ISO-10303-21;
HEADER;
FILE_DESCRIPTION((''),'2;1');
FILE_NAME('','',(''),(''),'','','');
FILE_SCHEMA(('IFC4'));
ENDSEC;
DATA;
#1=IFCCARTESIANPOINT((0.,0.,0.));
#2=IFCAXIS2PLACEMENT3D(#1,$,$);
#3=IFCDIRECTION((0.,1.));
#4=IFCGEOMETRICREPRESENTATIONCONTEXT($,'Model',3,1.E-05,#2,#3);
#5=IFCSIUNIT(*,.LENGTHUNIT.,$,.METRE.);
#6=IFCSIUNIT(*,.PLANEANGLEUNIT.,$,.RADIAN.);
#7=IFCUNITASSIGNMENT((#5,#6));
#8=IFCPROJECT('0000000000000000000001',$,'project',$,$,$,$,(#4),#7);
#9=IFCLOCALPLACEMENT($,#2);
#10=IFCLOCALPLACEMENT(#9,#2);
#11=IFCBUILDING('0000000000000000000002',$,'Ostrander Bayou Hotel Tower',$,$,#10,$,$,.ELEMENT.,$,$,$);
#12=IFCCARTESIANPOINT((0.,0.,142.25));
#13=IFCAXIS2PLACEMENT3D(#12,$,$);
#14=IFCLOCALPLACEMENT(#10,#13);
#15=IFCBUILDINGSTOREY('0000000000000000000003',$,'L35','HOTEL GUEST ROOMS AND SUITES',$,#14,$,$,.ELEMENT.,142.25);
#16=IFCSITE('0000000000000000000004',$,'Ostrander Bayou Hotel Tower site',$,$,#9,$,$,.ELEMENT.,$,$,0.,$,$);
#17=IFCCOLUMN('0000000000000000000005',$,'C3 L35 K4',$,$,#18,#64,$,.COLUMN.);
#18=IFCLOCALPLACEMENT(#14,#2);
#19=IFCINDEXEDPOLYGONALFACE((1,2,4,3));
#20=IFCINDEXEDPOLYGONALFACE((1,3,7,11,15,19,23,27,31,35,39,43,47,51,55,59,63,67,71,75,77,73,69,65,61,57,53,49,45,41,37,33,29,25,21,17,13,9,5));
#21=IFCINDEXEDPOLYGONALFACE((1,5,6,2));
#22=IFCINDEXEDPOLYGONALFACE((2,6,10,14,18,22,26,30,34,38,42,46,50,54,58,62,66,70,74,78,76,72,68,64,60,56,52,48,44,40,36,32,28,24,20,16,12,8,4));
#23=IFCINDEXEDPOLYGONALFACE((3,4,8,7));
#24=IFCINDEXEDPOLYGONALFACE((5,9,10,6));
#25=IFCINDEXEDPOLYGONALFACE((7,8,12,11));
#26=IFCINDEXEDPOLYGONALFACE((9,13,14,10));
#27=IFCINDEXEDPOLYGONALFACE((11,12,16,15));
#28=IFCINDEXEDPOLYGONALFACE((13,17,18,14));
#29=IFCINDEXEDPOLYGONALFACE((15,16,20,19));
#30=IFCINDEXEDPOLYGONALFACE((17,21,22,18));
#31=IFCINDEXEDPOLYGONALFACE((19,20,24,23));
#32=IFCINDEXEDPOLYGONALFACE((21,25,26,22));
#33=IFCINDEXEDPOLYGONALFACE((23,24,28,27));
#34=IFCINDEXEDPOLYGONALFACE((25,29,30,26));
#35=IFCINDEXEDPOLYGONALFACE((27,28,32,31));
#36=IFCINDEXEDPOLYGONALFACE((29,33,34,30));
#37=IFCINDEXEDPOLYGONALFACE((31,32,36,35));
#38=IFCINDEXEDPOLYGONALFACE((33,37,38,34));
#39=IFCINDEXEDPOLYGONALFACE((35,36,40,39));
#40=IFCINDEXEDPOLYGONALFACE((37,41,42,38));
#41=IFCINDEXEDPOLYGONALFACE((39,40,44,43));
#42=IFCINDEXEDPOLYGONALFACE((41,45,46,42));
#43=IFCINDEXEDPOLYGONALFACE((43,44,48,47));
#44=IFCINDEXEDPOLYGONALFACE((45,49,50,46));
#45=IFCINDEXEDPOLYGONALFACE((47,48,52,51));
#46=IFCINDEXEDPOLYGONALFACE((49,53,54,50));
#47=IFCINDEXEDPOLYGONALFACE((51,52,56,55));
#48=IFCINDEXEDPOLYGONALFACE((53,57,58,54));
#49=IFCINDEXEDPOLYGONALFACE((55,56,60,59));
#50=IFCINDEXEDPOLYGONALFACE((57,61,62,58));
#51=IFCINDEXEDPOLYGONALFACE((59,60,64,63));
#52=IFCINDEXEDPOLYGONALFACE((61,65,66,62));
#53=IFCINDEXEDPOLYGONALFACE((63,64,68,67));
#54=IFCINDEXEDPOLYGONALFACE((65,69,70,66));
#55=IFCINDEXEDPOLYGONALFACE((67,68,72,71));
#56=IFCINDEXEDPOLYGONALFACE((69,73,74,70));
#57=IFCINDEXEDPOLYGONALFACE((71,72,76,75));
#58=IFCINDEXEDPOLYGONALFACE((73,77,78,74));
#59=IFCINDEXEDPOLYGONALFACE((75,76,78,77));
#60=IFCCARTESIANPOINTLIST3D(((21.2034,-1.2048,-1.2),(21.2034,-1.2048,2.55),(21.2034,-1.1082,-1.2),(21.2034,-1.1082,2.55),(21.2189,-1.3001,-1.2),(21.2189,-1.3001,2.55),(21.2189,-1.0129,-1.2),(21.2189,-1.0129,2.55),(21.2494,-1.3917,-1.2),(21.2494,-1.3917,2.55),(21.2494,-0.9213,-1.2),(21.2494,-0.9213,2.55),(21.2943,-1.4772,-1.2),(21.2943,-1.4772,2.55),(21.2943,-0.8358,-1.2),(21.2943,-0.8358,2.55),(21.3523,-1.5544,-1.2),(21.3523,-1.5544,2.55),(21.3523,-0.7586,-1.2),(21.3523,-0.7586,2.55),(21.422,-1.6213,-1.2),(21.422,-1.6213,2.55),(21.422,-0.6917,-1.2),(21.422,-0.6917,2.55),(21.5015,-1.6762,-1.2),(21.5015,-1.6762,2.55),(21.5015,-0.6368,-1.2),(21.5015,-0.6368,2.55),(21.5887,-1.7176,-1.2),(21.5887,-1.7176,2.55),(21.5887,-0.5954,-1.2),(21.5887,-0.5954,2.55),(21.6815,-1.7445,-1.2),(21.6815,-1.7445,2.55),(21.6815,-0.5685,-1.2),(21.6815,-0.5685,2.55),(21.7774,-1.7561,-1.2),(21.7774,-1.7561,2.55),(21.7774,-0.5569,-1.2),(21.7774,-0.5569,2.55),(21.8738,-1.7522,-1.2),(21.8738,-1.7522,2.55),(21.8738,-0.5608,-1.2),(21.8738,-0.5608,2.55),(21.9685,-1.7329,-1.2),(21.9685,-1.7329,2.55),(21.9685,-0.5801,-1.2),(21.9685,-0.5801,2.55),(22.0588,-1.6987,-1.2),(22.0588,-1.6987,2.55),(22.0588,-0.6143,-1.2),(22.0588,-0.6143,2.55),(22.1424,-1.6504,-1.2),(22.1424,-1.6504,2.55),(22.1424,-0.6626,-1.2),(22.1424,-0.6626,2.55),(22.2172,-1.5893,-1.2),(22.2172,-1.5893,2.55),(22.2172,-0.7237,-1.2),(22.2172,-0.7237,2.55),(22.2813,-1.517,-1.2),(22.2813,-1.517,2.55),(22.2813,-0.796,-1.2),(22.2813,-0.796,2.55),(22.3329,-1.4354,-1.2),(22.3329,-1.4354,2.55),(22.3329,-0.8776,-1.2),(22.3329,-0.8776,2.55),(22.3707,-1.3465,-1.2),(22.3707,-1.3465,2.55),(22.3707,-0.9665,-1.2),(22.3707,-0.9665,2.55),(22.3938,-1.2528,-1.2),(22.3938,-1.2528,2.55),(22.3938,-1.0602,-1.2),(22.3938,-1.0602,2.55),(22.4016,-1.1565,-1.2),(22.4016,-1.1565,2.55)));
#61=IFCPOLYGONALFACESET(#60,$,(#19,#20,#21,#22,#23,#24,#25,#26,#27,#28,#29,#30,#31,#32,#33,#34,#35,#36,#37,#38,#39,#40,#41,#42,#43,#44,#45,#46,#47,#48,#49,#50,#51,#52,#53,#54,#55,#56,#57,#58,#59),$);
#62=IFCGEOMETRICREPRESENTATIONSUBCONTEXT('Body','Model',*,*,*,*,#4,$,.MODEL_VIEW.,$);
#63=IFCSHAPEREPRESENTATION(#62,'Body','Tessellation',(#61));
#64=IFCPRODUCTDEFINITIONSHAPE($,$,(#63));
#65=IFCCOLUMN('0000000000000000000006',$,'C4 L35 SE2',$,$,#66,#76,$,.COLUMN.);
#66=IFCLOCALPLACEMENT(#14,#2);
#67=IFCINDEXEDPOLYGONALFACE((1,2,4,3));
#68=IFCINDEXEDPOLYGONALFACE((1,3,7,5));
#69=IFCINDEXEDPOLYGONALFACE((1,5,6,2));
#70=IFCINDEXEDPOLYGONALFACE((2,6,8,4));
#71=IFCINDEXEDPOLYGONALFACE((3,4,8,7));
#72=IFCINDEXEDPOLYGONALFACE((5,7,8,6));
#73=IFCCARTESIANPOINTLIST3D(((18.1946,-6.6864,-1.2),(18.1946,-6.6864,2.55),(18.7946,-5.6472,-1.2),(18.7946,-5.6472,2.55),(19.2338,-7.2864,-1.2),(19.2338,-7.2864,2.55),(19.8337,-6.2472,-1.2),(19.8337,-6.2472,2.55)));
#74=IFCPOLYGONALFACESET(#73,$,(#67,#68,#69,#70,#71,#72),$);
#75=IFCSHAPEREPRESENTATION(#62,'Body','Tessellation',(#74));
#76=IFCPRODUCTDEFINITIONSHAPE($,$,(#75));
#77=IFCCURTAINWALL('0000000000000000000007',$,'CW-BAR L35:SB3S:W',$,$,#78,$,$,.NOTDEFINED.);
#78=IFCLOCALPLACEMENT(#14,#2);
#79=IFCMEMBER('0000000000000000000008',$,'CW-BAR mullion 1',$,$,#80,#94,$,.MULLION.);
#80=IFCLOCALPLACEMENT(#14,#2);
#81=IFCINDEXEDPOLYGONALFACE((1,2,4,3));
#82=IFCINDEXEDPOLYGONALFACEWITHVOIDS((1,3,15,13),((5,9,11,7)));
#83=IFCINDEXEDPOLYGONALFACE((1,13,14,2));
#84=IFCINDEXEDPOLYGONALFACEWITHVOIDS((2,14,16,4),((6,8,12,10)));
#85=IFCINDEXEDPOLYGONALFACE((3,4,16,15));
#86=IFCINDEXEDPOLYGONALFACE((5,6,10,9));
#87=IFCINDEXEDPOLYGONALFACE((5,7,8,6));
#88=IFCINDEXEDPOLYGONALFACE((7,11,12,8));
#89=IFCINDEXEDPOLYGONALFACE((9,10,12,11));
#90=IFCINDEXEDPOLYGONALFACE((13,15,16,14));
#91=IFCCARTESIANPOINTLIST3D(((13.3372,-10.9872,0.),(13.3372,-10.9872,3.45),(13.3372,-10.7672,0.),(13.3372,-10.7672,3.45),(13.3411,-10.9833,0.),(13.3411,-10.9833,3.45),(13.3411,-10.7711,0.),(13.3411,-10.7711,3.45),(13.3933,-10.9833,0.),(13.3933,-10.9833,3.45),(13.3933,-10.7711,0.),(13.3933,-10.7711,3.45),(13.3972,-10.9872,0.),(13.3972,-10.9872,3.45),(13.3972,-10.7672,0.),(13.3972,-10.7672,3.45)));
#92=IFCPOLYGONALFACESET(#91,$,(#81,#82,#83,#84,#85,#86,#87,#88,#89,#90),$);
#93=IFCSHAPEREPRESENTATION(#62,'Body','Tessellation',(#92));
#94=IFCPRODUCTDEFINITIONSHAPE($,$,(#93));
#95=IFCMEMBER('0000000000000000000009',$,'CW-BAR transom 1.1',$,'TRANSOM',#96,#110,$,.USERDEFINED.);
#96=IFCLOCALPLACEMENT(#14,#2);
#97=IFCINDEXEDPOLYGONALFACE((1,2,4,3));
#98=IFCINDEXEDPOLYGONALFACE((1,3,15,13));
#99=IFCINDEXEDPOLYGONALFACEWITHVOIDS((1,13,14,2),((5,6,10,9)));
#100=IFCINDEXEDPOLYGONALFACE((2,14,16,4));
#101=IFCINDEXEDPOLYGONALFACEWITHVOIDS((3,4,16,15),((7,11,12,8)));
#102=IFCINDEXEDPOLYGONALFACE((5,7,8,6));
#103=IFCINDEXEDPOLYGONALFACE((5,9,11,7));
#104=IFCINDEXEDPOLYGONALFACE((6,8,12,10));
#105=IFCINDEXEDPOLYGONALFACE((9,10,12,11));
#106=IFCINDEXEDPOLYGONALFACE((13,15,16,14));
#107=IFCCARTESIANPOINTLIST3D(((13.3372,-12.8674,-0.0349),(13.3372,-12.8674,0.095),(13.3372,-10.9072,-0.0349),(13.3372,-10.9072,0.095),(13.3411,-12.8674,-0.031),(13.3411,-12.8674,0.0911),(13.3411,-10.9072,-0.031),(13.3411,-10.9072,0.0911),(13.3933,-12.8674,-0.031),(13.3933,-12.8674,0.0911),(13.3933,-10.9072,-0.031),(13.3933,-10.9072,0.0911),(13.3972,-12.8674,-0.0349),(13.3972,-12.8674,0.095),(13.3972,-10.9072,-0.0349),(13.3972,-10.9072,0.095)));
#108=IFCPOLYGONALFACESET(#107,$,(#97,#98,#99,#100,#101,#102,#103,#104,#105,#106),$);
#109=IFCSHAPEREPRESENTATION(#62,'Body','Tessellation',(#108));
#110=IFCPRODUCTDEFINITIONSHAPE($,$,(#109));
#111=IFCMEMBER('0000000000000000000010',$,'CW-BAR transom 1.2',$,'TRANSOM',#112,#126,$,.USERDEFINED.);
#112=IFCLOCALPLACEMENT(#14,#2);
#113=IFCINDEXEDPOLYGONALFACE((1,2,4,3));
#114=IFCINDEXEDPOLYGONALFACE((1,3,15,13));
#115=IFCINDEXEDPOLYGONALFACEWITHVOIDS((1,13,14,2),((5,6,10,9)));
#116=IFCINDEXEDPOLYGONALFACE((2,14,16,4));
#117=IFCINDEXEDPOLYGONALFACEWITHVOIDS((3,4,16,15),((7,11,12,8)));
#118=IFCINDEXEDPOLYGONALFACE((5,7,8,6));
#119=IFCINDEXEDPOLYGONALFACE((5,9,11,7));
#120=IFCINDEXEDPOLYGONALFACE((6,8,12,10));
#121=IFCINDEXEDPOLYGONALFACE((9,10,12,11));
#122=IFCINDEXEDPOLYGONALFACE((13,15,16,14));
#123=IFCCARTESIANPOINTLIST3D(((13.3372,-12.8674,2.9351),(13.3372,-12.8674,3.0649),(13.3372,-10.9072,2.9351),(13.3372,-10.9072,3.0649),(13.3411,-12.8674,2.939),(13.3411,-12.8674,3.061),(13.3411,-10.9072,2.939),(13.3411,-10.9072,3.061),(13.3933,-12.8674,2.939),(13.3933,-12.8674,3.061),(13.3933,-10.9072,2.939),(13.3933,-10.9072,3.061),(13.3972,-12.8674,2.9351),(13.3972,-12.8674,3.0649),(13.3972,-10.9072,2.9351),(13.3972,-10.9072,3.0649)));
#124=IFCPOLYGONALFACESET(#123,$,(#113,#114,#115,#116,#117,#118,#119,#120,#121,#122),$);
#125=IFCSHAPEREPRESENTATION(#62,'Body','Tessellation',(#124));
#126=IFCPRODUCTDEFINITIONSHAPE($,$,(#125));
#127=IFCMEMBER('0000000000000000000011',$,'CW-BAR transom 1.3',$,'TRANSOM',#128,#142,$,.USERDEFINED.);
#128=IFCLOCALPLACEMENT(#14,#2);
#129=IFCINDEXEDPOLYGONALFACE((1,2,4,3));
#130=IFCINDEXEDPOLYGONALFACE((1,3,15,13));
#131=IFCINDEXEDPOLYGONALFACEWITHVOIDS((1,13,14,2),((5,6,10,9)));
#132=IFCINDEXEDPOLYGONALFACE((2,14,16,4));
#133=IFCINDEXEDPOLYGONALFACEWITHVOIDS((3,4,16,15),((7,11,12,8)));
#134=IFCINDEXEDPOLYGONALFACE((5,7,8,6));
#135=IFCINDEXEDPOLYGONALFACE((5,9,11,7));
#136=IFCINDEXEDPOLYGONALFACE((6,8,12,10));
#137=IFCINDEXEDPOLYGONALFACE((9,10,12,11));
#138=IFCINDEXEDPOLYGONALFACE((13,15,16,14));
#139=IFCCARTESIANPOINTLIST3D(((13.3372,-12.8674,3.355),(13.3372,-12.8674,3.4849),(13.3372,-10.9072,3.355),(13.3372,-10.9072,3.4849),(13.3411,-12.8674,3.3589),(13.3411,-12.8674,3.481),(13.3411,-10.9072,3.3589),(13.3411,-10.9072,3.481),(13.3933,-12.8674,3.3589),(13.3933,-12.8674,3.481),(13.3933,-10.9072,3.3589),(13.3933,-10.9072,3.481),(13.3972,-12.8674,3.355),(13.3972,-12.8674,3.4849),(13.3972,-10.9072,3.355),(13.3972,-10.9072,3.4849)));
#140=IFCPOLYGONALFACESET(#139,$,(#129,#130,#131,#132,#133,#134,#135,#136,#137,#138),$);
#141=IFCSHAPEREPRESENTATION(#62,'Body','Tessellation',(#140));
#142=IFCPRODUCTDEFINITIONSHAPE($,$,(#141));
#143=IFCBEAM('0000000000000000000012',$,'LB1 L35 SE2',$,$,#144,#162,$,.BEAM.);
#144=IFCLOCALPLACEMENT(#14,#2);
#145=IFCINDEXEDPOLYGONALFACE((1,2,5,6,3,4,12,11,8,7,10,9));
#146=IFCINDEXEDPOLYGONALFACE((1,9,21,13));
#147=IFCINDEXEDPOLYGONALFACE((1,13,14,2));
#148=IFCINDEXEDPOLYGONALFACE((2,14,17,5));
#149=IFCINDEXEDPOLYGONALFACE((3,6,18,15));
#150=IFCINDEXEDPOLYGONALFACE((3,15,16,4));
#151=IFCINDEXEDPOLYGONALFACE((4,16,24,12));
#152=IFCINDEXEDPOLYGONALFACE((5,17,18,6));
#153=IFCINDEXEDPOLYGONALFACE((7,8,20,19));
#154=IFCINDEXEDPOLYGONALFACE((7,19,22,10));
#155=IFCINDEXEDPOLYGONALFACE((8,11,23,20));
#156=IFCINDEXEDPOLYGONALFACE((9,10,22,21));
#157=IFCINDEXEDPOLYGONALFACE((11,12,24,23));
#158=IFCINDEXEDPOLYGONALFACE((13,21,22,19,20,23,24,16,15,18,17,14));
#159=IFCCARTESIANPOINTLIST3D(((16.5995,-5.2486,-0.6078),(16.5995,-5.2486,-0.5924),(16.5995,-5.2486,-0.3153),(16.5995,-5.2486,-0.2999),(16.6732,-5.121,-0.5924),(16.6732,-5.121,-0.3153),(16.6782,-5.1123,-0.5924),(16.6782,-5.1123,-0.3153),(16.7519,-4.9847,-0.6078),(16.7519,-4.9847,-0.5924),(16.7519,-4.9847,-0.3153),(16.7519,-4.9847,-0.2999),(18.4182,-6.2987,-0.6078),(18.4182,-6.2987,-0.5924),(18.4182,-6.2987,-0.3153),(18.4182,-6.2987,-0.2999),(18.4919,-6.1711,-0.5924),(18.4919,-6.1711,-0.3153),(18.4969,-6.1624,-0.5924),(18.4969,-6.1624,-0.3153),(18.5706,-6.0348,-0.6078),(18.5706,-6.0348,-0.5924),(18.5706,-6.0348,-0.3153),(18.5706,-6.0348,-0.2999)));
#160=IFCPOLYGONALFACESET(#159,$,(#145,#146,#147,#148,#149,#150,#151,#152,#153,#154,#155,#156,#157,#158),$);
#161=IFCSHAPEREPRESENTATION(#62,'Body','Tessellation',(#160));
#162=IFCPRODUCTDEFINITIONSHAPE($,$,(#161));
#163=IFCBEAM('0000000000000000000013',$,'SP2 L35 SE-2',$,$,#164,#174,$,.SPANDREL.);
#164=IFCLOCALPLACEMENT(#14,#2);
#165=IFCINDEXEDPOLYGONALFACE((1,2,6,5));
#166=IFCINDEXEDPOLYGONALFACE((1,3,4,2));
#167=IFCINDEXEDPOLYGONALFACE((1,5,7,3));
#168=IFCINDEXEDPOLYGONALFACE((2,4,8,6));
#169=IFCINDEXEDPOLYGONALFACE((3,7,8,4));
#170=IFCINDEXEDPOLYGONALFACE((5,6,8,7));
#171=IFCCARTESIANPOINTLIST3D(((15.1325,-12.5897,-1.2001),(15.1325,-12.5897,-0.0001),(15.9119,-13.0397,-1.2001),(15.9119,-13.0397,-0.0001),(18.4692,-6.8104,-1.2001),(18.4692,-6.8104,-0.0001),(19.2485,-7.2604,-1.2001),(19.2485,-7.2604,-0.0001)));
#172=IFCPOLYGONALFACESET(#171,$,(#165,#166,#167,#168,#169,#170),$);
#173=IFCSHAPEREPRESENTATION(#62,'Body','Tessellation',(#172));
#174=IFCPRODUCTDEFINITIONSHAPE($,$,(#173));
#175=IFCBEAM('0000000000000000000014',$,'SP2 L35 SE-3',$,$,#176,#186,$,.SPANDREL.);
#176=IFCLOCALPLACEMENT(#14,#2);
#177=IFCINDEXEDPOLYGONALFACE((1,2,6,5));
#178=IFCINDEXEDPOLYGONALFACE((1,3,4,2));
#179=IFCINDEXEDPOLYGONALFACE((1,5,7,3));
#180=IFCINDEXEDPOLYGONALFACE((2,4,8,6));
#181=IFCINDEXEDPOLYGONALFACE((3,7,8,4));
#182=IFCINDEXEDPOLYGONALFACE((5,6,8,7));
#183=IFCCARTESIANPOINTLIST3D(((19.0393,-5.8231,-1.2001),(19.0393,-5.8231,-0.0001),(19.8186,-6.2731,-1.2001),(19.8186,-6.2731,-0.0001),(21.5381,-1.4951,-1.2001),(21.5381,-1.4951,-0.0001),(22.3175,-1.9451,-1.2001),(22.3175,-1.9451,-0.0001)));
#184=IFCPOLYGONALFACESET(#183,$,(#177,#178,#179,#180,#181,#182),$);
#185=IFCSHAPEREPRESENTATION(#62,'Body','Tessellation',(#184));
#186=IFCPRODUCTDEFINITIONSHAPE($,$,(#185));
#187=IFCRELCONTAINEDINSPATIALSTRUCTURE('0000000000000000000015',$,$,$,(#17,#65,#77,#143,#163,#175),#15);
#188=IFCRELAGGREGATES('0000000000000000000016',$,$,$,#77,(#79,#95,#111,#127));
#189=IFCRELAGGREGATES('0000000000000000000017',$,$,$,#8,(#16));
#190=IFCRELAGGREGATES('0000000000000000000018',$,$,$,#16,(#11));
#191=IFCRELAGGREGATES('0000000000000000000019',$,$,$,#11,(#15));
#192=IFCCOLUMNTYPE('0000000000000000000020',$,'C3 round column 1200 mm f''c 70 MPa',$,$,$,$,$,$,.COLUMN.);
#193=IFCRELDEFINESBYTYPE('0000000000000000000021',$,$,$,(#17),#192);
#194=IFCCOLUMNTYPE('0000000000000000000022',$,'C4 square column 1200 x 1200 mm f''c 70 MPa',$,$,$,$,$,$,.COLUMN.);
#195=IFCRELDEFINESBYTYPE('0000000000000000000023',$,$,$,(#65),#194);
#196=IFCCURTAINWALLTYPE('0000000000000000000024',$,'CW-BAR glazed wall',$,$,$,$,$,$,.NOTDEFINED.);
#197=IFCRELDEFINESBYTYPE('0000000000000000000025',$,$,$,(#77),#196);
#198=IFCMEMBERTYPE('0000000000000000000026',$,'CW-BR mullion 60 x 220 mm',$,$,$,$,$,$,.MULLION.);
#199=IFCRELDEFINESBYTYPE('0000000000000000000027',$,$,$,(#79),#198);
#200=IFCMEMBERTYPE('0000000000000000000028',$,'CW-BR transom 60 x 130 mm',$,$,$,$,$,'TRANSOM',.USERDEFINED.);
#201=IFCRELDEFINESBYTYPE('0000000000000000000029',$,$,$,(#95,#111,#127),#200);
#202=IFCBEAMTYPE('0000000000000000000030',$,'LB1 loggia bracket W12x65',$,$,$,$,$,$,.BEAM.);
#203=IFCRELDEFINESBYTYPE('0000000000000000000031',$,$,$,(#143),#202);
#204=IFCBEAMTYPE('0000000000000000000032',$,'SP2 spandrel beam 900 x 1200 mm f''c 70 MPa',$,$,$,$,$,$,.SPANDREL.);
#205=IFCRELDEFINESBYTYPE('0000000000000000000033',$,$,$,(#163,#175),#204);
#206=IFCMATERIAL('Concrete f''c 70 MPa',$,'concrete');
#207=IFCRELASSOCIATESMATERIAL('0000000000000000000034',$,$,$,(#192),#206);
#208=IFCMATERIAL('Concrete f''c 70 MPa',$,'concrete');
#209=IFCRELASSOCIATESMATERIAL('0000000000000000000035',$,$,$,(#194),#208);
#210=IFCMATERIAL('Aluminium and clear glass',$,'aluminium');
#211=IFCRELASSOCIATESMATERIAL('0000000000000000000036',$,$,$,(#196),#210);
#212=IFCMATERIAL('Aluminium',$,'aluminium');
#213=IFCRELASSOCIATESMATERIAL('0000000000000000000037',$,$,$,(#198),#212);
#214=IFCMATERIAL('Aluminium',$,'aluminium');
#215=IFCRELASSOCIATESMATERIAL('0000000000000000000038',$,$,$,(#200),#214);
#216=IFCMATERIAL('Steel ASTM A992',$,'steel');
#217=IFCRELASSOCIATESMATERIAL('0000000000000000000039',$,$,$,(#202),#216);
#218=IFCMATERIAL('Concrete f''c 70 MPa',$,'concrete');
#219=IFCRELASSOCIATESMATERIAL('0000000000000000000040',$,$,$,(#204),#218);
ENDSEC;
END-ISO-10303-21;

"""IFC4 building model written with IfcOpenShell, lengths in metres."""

from ifc_helpers import new_model, si_unit, direction, frame, origin, origin_2d, place, context, subcontext, project, spatial, rectangle, hollow_rectangle, circle, i_section, extrude, material, material_profile, profile_set, type_object, element, aggregate, save


model = new_model("IFC4")

# Units and contexts
model_context = context("Model", 3, precision=1e-05, world=origin(), true_north=direction((0.0, 1.0)))
body_context = subcontext(model_context, "Body", "Model", "MODEL_VIEW")
ifc_project = project(units=[si_unit("LENGTHUNIT", "METRE"), si_unit("PLANEANGLEUNIT", "RADIAN")], contexts=[model_context])

# Site, building, storey
site_placement = place(None, origin())
site = spatial("IfcSite", under=ifc_project, at=site_placement, Name="Ostrander Bayou Hotel Tower site", CompositionType="ELEMENT", RefElevation=0.0)
building_placement = place(site_placement, origin())
building = spatial("IfcBuilding", under=site, at=building_placement, Name="Ostrander Bayou Hotel Tower", CompositionType="ELEMENT")
storey_placement = place(building_placement, frame((0.0, 0.0, 142.25)))
storey = spatial("IfcBuildingStorey", under=building, at=storey_placement, Name="L35", Description="HOTEL GUEST ROOMS AND SUITES", CompositionType="ELEMENT", Elevation=142.25)

# Columns
ifc_material_1 = material(Name="Concrete f'c 70 MPa", Category="concrete")
ifc_material_profile_1 = material_profile(ifc_material_1, circle(Radius=0.6001, at=origin_2d()))
ifc_profile_set_1 = profile_set([ifc_material_profile_1], Name="Concrete f'c 70 MPa")
column_type_1 = type_object("IfcColumnType", Name="C3 round column 1200 mm f'c 70 MPa", PredefinedType="COLUMN", material=ifc_profile_set_1)
column_1_placement = place(storey_placement, frame((21.8015, -1.1565, -1.2), z_axis=(0.0, 0.0, 1.0), x_axis=(1.0, 0.0, 0.0)))
element("IfcColumn", 1, at=column_1_placement, inside=storey, type_object=column_type_1, Name="C3 L35 K4", PredefinedType="COLUMN", context=body_context, shape_type="SweptSolid", body=[
    extrude(circle(Radius=0.6001, at=origin_2d()), origin(), (0.0, 0.0, 1.0), 3.75),
])
ifc_material_2 = material(Name="Concrete f'c 70 MPa", Category="concrete")
ifc_material_profile_2 = material_profile(ifc_material_2, rectangle(XDim=1.2, YDim=1.2, at=origin_2d()))
ifc_profile_set_2 = profile_set([ifc_material_profile_2], Name="Concrete f'c 70 MPa")
column_type_2 = type_object("IfcColumnType", Name="C4 square column 1200 x 1200 mm f'c 70 MPa", PredefinedType="COLUMN", material=ifc_profile_set_2)
column_2_placement = place(storey_placement, frame((19.0142, -6.4668, -1.2), z_axis=(0.0, 0.0, 1.0), x_axis=(-0.5, -0.866025, 0.0)))
element("IfcColumn", 2, at=column_2_placement, inside=storey, type_object=column_type_2, Name="C4 L35 SE2", PredefinedType="COLUMN", context=body_context, shape_type="SweptSolid", body=[
    extrude(rectangle(XDim=1.2, YDim=1.2, at=origin_2d()), origin(), (0.0, 0.0, 1.0), 3.75),
])

# Curtain wall, members
ifc_material_3 = material(Name="Aluminium and clear glass", Category="aluminium")
curtain_wall_type = type_object("IfcCurtainWallType", Name="CW-BAR glazed wall", PredefinedType="NOTDEFINED", material=ifc_material_3)
curtain_wall_placement = place(storey_placement, origin())
curtain_wall = element("IfcCurtainWall", 3, at=curtain_wall_placement, inside=storey, type_object=curtain_wall_type, Name="CW-BAR L35:SB3S:W", PredefinedType="NOTDEFINED")
ifc_material_4 = material(Name="Aluminium", Category="aluminium")
ifc_material_profile_3 = material_profile(ifc_material_4, hollow_rectangle(XDim=0.0601, YDim=0.22, WallThickness=0.0039, at=origin_2d()))
ifc_profile_set_3 = profile_set([ifc_material_profile_3], Name="Aluminium")
member_type_1 = type_object("IfcMemberType", Name="CW-BR mullion 60 x 220 mm", PredefinedType="MULLION", material=ifc_profile_set_3)
member_1_placement = place(storey_placement, frame((13.3672, -10.8772, 0.0), z_axis=(0.0, 0.0, 1.0), x_axis=(1.0, 0.0, 0.0)))
member_1 = element("IfcMember", 4, at=member_1_placement, type_object=member_type_1, Name="CW-BAR mullion 1", PredefinedType="MULLION", context=body_context, shape_type="SweptSolid", body=[
    extrude(hollow_rectangle(XDim=0.0601, YDim=0.22, WallThickness=0.0039, at=origin_2d()), origin(), (0.0, 0.0, 1.0), 3.45),
])
ifc_material_5 = material(Name="Aluminium", Category="aluminium")
ifc_material_profile_4 = material_profile(ifc_material_5, hollow_rectangle(XDim=0.0601, YDim=0.1299, WallThickness=0.0039, at=origin_2d()))
ifc_profile_set_4 = profile_set([ifc_material_profile_4], Name="Aluminium")
member_type_2 = type_object("IfcMemberType", Name="CW-BR transom 60 x 130 mm", ElementType="TRANSOM", PredefinedType="USERDEFINED", material=ifc_profile_set_4)
member_2_placement = place(storey_placement, frame((13.3672, -10.9072, 0.03), z_axis=(0.0, -1.0, 0.0), x_axis=(1.0, 0.0, 0.0)))
member_2 = element("IfcMember", 5, at=member_2_placement, type_object=member_type_2, Name="CW-BAR transom 1.1", ObjectType="TRANSOM", PredefinedType="USERDEFINED", context=body_context, shape_type="SweptSolid", body=[
    extrude(hollow_rectangle(XDim=0.0601, YDim=0.1299, WallThickness=0.0039, at=origin_2d()), origin(), (0.0, 0.0, 1.0), 1.9602),
])
member_3_placement = place(storey_placement, frame((13.3672, -10.9072, 3.0), z_axis=(0.0, -1.0, 0.0), x_axis=(1.0, 0.0, 0.0)))
member_3 = element("IfcMember", 6, at=member_3_placement, type_object=member_type_2, Name="CW-BAR transom 1.2", ObjectType="TRANSOM", PredefinedType="USERDEFINED", context=body_context, shape_type="SweptSolid", body=[
    extrude(hollow_rectangle(XDim=0.0601, YDim=0.1299, WallThickness=0.0039, at=origin_2d()), origin(), (0.0, 0.0, 1.0), 1.9602),
])
member_4_placement = place(storey_placement, frame((13.3672, -10.9072, 3.4199), z_axis=(0.0, -1.0, 0.0), x_axis=(1.0, 0.0, 0.0)))
member_4 = element("IfcMember", 7, at=member_4_placement, type_object=member_type_2, Name="CW-BAR transom 1.3", ObjectType="TRANSOM", PredefinedType="USERDEFINED", context=body_context, shape_type="SweptSolid", body=[
    extrude(hollow_rectangle(XDim=0.0601, YDim=0.1299, WallThickness=0.0039, at=origin_2d()), origin(), (0.0, 0.0, 1.0), 1.9602),
])

# Beams
ifc_material_6 = material(Name="Steel ASTM A992", Category="steel")
ifc_material_profile_5 = material_profile(ifc_material_6, i_section(OverallWidth=0.3047, OverallDepth=0.3079, WebThickness=0.01, FlangeThickness=0.0154, at=origin_2d()))
ifc_profile_set_5 = profile_set([ifc_material_profile_5], Name="Steel ASTM A992")
beam_type_1 = type_object("IfcBeamType", Name="LB1 loggia bracket W12x65", PredefinedType="BEAM", material=ifc_profile_set_5)
beam_1_placement = place(storey_placement, frame((18.4944, -6.1667, -0.4539), z_axis=(-0.866009, 0.500028, 0.0), x_axis=(-0.500028, -0.866009, 0.0)))
element("IfcBeam", 8, at=beam_1_placement, inside=storey, type_object=beam_type_1, Name="LB1 L35 SE2", PredefinedType="BEAM", context=body_context, shape_type="SweptSolid", body=[
    extrude(i_section(OverallWidth=0.3047, OverallDepth=0.3079, WebThickness=0.01, FlangeThickness=0.0154, at=origin_2d()), origin(), (0.0, 0.0, 1.0), 2.1001),
])
ifc_material_7 = material(Name="Concrete f'c 70 MPa", Category="concrete")
ifc_material_profile_6 = material_profile(ifc_material_7, rectangle(XDim=0.8999, YDim=1.2, at=origin_2d()))
ifc_profile_set_6 = profile_set([ifc_material_profile_6], Name="Concrete f'c 70 MPa")
beam_type_2 = type_object("IfcBeamType", Name="SP2 spandrel beam 900 x 1200 mm f'c 70 MPa", PredefinedType="SPANDREL", material=ifc_profile_set_6)
beam_2_placement = place(storey_placement, frame((15.5222, -12.8147, -0.6001), z_axis=(0.499999, 0.866026, 0.0), x_axis=(-0.866026, 0.499999, 0.0)))
element("IfcBeam", 9, at=beam_2_placement, inside=storey, type_object=beam_type_2, Name="SP2 L35 SE-2", PredefinedType="SPANDREL", context=body_context, shape_type="SweptSolid", body=[
    extrude(rectangle(XDim=0.8999, YDim=1.2, at=origin_2d()), origin(), (0.0, 0.0, 1.0), 6.6733),
])
beam_3_placement = place(storey_placement, frame((19.429, -6.0481, -0.6001), z_axis=(0.500011, 0.866019, 0.0), x_axis=(-0.866019, 0.500011, 0.0)))
element("IfcBeam", 10, at=beam_3_placement, inside=storey, type_object=beam_type_2, Name="SP2 L35 SE-3", PredefinedType="SPANDREL", context=body_context, shape_type="SweptSolid", body=[
    extrude(rectangle(XDim=0.8999, YDim=1.2, at=origin_2d()), origin(), (0.0, 0.0, 1.0), 4.9976),
])

aggregate(curtain_wall, [member_1, member_2, member_3, member_4])

save(model, "model.ifc")
